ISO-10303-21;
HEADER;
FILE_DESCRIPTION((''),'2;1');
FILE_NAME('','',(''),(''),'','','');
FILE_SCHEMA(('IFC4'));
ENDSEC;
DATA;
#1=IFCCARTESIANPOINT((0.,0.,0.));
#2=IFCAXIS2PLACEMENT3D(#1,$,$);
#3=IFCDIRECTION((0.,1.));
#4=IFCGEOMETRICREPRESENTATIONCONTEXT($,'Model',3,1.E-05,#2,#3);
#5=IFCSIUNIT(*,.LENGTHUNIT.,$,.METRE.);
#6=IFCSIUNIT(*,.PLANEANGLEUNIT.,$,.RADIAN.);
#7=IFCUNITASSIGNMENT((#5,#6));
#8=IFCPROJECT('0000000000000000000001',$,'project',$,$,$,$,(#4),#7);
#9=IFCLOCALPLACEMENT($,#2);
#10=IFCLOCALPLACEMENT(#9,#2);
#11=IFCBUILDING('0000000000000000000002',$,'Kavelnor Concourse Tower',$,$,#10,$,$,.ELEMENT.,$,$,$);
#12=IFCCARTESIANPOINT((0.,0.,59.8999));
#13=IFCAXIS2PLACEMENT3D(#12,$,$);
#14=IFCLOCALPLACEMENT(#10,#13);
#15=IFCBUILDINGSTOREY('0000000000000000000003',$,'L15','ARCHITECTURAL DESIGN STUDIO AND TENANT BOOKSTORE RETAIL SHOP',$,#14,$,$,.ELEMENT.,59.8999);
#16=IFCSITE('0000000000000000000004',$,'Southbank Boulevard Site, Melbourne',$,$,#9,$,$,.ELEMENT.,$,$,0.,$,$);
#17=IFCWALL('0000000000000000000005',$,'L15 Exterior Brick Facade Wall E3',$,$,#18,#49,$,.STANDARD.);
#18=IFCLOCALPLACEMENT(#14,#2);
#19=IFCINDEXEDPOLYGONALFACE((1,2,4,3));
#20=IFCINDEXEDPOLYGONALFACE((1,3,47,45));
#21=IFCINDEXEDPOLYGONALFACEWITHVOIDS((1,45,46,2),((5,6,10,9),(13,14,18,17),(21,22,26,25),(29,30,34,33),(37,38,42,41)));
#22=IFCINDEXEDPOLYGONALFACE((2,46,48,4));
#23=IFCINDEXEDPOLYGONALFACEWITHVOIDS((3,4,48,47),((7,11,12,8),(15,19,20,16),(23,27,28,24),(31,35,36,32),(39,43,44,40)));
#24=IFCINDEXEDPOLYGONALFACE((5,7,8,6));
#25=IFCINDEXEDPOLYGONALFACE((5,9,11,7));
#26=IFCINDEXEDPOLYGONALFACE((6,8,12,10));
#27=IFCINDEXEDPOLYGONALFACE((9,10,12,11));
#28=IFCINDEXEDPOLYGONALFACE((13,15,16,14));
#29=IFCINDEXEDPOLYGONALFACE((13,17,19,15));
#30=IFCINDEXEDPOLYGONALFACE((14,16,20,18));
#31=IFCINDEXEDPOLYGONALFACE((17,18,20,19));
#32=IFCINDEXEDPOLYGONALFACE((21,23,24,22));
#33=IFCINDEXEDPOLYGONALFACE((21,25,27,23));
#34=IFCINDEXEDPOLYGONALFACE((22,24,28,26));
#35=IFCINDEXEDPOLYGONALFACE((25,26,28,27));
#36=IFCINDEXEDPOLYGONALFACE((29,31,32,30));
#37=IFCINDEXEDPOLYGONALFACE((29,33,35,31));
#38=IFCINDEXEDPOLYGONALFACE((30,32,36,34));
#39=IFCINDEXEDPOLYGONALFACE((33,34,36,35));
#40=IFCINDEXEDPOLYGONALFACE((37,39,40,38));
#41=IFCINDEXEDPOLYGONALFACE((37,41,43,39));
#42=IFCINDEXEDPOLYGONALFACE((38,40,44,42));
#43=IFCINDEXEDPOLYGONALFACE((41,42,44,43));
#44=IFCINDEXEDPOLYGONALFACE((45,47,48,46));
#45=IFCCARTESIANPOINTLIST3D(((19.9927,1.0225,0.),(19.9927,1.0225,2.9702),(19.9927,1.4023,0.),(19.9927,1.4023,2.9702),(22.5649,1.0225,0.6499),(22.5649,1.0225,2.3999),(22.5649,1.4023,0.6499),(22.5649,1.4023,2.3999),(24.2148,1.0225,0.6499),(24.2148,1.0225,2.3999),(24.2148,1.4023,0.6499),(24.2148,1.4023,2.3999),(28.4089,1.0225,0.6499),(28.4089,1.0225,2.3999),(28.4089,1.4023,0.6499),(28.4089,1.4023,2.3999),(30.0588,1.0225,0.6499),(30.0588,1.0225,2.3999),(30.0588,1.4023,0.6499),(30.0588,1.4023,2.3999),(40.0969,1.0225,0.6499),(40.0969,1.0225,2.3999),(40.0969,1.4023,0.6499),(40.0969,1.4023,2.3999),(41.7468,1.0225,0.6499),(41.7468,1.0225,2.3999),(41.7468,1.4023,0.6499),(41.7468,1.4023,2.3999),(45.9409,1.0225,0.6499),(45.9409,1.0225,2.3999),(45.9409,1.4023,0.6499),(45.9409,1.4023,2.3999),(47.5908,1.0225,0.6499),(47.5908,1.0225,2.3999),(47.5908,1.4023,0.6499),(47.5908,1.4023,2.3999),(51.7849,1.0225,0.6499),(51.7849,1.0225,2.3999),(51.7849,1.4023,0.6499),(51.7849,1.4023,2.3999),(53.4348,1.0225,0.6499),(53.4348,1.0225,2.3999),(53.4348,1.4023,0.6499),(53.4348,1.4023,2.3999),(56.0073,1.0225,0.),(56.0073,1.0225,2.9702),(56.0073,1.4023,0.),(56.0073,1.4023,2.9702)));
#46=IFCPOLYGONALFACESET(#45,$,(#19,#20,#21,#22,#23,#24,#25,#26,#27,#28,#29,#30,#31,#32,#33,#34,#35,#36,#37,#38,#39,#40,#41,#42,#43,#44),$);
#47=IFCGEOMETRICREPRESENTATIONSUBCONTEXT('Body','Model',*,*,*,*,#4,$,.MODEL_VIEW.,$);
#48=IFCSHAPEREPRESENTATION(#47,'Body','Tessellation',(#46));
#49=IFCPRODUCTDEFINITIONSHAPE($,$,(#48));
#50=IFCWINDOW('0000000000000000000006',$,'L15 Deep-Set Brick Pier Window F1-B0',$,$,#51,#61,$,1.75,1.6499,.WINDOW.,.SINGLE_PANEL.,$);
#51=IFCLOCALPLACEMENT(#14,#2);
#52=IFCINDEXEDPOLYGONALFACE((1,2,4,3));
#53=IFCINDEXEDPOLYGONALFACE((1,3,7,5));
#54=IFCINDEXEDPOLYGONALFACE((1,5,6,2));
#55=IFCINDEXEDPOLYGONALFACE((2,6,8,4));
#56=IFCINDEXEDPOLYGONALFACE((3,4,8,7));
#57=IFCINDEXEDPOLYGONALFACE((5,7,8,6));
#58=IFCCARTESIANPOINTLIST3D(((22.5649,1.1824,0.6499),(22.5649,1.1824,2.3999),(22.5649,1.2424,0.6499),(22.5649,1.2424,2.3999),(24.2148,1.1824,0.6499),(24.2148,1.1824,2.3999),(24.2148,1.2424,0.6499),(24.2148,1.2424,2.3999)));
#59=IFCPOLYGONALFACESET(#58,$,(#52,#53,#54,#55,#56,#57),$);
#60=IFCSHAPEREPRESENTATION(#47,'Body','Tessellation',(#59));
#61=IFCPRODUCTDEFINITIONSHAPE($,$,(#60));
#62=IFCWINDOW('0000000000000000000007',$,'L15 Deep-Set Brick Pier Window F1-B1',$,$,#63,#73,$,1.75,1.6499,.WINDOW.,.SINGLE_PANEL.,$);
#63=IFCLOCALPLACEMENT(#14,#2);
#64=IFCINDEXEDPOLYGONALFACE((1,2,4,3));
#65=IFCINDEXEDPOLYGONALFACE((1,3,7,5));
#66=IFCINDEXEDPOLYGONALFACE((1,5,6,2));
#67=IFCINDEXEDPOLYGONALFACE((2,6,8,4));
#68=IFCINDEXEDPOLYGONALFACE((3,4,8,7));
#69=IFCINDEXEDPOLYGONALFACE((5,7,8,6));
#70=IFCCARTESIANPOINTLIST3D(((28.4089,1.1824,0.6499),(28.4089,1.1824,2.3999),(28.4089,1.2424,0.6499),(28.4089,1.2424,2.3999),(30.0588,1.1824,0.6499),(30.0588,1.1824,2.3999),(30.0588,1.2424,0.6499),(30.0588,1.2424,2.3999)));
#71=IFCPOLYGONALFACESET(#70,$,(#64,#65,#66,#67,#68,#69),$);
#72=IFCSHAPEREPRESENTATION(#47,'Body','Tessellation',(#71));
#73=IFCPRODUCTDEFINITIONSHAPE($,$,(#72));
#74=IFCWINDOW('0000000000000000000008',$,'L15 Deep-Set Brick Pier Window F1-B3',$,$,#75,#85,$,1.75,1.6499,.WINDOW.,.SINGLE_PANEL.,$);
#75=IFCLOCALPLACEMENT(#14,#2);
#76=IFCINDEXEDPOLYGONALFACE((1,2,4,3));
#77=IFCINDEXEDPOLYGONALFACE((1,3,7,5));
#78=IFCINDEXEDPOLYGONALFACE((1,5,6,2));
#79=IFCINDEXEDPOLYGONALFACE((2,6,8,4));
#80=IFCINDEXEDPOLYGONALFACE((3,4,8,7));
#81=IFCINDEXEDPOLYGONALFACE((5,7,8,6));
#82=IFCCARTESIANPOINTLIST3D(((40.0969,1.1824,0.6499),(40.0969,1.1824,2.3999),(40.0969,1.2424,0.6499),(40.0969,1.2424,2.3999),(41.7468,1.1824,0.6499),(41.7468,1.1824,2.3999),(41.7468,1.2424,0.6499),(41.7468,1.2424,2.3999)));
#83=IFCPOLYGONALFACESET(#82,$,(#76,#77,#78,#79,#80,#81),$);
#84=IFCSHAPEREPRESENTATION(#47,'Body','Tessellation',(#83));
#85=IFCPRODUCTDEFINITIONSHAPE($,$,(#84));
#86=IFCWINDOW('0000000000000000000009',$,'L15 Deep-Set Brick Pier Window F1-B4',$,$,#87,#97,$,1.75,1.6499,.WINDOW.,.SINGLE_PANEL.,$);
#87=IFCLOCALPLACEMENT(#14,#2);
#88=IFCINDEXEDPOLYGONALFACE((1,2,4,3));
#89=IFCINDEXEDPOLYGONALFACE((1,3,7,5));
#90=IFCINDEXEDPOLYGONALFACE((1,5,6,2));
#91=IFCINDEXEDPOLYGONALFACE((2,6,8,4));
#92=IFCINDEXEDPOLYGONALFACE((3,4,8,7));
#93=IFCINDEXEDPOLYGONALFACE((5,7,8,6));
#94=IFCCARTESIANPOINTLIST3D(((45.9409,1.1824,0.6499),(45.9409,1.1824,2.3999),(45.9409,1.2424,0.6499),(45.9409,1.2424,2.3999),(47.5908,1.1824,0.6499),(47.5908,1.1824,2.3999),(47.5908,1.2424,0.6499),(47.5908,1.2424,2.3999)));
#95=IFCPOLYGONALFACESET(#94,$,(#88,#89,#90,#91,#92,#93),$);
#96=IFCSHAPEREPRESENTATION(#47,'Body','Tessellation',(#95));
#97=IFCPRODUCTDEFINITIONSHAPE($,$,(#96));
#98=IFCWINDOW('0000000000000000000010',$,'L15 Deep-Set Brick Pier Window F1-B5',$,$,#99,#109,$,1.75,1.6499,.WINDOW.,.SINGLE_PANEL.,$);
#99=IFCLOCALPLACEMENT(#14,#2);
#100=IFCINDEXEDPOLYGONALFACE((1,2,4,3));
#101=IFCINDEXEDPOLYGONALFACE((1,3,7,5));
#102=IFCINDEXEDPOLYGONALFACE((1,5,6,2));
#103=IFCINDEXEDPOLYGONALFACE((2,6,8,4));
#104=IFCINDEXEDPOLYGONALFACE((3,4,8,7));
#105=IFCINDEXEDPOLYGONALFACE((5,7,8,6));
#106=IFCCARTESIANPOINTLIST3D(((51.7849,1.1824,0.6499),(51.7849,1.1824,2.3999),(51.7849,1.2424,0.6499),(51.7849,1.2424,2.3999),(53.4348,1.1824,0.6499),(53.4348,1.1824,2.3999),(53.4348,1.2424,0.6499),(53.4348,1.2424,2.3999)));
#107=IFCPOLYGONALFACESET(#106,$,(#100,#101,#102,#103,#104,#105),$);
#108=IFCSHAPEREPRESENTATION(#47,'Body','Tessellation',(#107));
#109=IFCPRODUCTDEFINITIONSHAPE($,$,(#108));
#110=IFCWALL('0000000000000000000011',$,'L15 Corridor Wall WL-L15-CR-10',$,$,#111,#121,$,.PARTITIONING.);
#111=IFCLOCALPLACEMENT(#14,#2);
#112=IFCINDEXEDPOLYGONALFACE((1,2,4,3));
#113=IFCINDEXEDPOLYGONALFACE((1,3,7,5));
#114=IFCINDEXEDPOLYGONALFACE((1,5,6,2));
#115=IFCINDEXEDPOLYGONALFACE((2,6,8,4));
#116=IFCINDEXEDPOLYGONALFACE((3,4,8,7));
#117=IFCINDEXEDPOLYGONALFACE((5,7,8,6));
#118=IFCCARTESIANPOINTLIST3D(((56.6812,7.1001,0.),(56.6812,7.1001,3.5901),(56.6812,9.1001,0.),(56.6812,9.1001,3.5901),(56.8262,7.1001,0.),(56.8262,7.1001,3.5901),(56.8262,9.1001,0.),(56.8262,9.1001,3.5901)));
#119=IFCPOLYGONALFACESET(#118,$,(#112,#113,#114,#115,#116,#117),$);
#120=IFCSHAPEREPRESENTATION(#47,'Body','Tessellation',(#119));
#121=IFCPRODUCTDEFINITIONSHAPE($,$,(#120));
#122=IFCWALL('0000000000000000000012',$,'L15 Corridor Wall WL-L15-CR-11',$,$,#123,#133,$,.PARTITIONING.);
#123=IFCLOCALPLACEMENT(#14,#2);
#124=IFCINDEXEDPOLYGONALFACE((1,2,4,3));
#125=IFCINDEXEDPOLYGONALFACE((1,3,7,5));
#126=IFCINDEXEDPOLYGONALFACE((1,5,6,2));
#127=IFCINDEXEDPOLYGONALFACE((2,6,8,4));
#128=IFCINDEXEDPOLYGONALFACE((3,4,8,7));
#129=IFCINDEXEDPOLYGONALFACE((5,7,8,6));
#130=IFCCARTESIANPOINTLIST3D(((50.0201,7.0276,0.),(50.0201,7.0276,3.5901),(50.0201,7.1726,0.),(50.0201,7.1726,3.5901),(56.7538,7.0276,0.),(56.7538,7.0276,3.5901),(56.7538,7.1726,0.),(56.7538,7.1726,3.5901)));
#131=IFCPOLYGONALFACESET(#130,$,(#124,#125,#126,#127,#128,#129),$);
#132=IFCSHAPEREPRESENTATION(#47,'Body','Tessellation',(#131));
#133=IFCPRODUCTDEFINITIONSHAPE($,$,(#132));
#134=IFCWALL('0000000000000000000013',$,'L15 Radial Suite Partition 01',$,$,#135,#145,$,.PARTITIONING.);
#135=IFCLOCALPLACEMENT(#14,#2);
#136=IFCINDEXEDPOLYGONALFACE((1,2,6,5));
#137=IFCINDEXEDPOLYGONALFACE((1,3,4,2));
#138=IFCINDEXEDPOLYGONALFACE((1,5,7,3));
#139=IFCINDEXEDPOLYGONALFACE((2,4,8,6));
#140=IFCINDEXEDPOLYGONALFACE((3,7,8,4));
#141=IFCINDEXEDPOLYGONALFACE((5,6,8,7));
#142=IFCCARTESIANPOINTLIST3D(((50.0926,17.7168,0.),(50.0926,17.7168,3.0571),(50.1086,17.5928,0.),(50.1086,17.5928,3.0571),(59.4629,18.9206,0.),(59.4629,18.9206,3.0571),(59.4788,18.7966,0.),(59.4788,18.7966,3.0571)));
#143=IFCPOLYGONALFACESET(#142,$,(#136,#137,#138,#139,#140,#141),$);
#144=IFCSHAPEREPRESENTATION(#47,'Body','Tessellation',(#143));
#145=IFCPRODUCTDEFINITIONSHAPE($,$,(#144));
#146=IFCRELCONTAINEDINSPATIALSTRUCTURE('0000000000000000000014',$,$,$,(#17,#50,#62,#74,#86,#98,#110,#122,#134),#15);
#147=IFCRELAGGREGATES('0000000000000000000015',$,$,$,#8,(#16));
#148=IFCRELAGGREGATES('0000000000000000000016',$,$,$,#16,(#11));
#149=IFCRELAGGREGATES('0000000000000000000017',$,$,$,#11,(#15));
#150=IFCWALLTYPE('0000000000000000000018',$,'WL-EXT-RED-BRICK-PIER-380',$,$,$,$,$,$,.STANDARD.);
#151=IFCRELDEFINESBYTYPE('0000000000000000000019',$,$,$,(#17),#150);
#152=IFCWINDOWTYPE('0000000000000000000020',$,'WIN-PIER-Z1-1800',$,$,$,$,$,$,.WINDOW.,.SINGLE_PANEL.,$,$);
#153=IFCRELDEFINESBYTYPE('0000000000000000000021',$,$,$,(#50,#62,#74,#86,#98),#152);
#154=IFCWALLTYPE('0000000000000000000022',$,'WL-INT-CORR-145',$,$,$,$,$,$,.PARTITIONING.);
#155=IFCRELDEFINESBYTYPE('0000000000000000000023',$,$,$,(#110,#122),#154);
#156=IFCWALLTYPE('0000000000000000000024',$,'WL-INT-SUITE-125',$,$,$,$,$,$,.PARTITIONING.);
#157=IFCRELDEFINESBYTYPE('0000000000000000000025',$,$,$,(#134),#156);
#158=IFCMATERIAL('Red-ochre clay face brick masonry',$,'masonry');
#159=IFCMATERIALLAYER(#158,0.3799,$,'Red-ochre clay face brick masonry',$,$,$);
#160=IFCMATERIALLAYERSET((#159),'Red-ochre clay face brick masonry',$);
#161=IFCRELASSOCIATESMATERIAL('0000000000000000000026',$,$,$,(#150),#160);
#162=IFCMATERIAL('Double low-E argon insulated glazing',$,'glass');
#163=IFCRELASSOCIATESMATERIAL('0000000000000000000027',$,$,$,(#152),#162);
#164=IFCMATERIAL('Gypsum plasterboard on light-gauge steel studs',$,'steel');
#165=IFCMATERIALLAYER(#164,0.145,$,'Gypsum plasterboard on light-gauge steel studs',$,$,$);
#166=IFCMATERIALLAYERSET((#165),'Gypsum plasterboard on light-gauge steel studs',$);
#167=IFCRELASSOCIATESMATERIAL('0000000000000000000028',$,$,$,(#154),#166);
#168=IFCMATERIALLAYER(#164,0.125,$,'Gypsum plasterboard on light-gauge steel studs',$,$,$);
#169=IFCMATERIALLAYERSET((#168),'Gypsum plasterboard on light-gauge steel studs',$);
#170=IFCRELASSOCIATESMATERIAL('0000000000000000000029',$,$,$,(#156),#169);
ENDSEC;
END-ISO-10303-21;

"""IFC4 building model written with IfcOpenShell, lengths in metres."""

from ifc_helpers import new_model, si_unit, direction, frame, frame_2d, origin, place, context, subcontext, project, spatial, rectangle, extrude, material, layer, layer_set, type_object, element, fill, save


model = new_model("IFC4")

# Units and contexts
model_context = context("Model", 3, precision=1e-05, world=origin(), true_north=direction((0.0, 1.0)))
body_context = subcontext(model_context, "Body", "Model", "MODEL_VIEW")
ifc_project = project(units=[si_unit("LENGTHUNIT", "METRE"), si_unit("PLANEANGLEUNIT", "RADIAN")], contexts=[model_context])

# Site, building, storey
site_placement = place(None, origin())
site = spatial("IfcSite", under=ifc_project, at=site_placement, Name="Southbank Boulevard Site, Melbourne", CompositionType="ELEMENT", RefElevation=0.0)
building_placement = place(site_placement, origin())
building = spatial("IfcBuilding", under=site, at=building_placement, Name="Kavelnor Concourse Tower", CompositionType="ELEMENT")
storey_placement = place(building_placement, frame((0.0, 0.0, 59.8999)))
storey = spatial("IfcBuildingStorey", under=building, at=storey_placement, Name="L15", Description="ARCHITECTURAL DESIGN STUDIO AND TENANT BOOKSTORE RETAIL SHOP", CompositionType="ELEMENT", Elevation=59.8999)

# Shared definitions
ifc_material_1 = material(Name="Double low-E argon insulated glazing", Category="glass")

# Wall, openings, windows
ifc_material_2 = material(Name="Red-ochre clay face brick masonry", Category="masonry")
ifc_layer_1 = layer(ifc_material_2, 0.3799, Name="Red-ochre clay face brick masonry")
ifc_layer_set_1 = layer_set([ifc_layer_1], Name="Red-ochre clay face brick masonry")
wall_type_1 = type_object("IfcWallType", Name="WL-EXT-RED-BRICK-PIER-380", PredefinedType="STANDARD", material=ifc_layer_set_1)
wall_1_placement = place(storey_placement, frame((56.0073, 1.2124, 0.0), z_axis=(0.0, 0.0, 1.0), x_axis=(-1.0, 0.0, 0.0)))
wall_1 = element("IfcWall", 1, at=wall_1_placement, inside=storey, type_object=wall_type_1, Name="L15 Exterior Brick Facade Wall E3", PredefinedType="STANDARD", context=body_context, shape_type="SweptSolid", body=[
    extrude(rectangle(XDim=36.0146, YDim=0.3799, at=frame_2d((18.0073, 0.0))), origin(), (0.0, 0.0, 1.0), 2.9702),
])
opening_1_placement = place(wall_1_placement, frame((31.7925, 0.0, 0.6499)))
opening_1 = element("IfcOpeningElement", 2, at=opening_1_placement, cuts=wall_1, PredefinedType="OPENING", context=body_context, shape_type="SweptSolid", body=[
    extrude(rectangle(XDim=1.6499, YDim=1.75, at=frame_2d((0.825, 0.875))), frame((0.0, 0.2, 0.0), z_axis=(0.0, -1.0, 0.0), x_axis=(1.0, 0.0, 0.0)), (0.0, 0.0, 1.0), 0.3999),
])
opening_2_placement = place(wall_1_placement, frame((25.9485, 0.0, 0.6499)))
opening_2 = element("IfcOpeningElement", 3, at=opening_2_placement, cuts=wall_1, PredefinedType="OPENING", context=body_context, shape_type="SweptSolid", body=[
    extrude(rectangle(XDim=1.6499, YDim=1.75, at=frame_2d((0.825, 0.875))), frame((0.0, 0.2, 0.0), z_axis=(0.0, -1.0, 0.0), x_axis=(1.0, 0.0, 0.0)), (0.0, 0.0, 1.0), 0.3999),
])
opening_3_placement = place(wall_1_placement, frame((14.2605, 0.0, 0.6499)))
opening_3 = element("IfcOpeningElement", 4, at=opening_3_placement, cuts=wall_1, PredefinedType="OPENING", context=body_context, shape_type="SweptSolid", body=[
    extrude(rectangle(XDim=1.6499, YDim=1.75, at=frame_2d((0.825, 0.875))), frame((0.0, 0.2, 0.0), z_axis=(0.0, -1.0, 0.0), x_axis=(1.0, 0.0, 0.0)), (0.0, 0.0, 1.0), 0.3999),
])
opening_4_placement = place(wall_1_placement, frame((8.4165, 0.0, 0.6499)))
opening_4 = element("IfcOpeningElement", 5, at=opening_4_placement, cuts=wall_1, PredefinedType="OPENING", context=body_context, shape_type="SweptSolid", body=[
    extrude(rectangle(XDim=1.6499, YDim=1.75, at=frame_2d((0.825, 0.875))), frame((0.0, 0.2, 0.0), z_axis=(0.0, -1.0, 0.0), x_axis=(1.0, 0.0, 0.0)), (0.0, 0.0, 1.0), 0.3999),
])
opening_5_placement = place(wall_1_placement, frame((2.5725, 0.0, 0.6499)))
opening_5 = element("IfcOpeningElement", 6, at=opening_5_placement, cuts=wall_1, PredefinedType="OPENING", context=body_context, shape_type="SweptSolid", body=[
    extrude(rectangle(XDim=1.6499, YDim=1.75, at=frame_2d((0.825, 0.875))), frame((0.0, 0.2, 0.0), z_axis=(0.0, -1.0, 0.0), x_axis=(1.0, 0.0, 0.0)), (0.0, 0.0, 1.0), 0.3999),
])
window_type_1 = type_object("IfcWindowType", Name="WIN-PIER-Z1-1800", PartitioningType="SINGLE_PANEL", PredefinedType="WINDOW", material=ifc_material_1)
window_1_placement = place(opening_1_placement, origin())
window_1 = element("IfcWindow", 7, at=window_1_placement, inside=storey, type_object=window_type_1, Name="L15 Deep-Set Brick Pier Window F1-B0", OverallHeight=1.75, OverallWidth=1.6499, PartitioningType="SINGLE_PANEL", PredefinedType="WINDOW", context=body_context, shape_type="SweptSolid", body=[
    extrude(rectangle(XDim=1.6499, YDim=1.75, at=frame_2d((0.825, 0.875))), frame((0.0, 0.03, 0.0), z_axis=(0.0, -1.0, 0.0), x_axis=(1.0, 0.0, 0.0)), (0.0, 0.0, 1.0), 0.0601),
])
fill(opening_1, window_1)
window_2_placement = place(opening_2_placement, origin())
window_2 = element("IfcWindow", 8, at=window_2_placement, inside=storey, type_object=window_type_1, Name="L15 Deep-Set Brick Pier Window F1-B1", OverallHeight=1.75, OverallWidth=1.6499, PartitioningType="SINGLE_PANEL", PredefinedType="WINDOW", context=body_context, shape_type="SweptSolid", body=[
    extrude(rectangle(XDim=1.6499, YDim=1.75, at=frame_2d((0.825, 0.875))), frame((0.0, 0.03, 0.0), z_axis=(0.0, -1.0, 0.0), x_axis=(1.0, 0.0, 0.0)), (0.0, 0.0, 1.0), 0.0601),
])
fill(opening_2, window_2)
window_3_placement = place(opening_3_placement, origin())
window_3 = element("IfcWindow", 9, at=window_3_placement, inside=storey, type_object=window_type_1, Name="L15 Deep-Set Brick Pier Window F1-B3", OverallHeight=1.75, OverallWidth=1.6499, PartitioningType="SINGLE_PANEL", PredefinedType="WINDOW", context=body_context, shape_type="SweptSolid", body=[
    extrude(rectangle(XDim=1.6499, YDim=1.75, at=frame_2d((0.825, 0.875))), frame((0.0, 0.03, 0.0), z_axis=(0.0, -1.0, 0.0), x_axis=(1.0, 0.0, 0.0)), (0.0, 0.0, 1.0), 0.0601),
])
fill(opening_3, window_3)
window_4_placement = place(opening_4_placement, origin())
window_4 = element("IfcWindow", 10, at=window_4_placement, inside=storey, type_object=window_type_1, Name="L15 Deep-Set Brick Pier Window F1-B4", OverallHeight=1.75, OverallWidth=1.6499, PartitioningType="SINGLE_PANEL", PredefinedType="WINDOW", context=body_context, shape_type="SweptSolid", body=[
    extrude(rectangle(XDim=1.6499, YDim=1.75, at=frame_2d((0.825, 0.875))), frame((0.0, 0.03, 0.0), z_axis=(0.0, -1.0, 0.0), x_axis=(1.0, 0.0, 0.0)), (0.0, 0.0, 1.0), 0.0601),
])
fill(opening_4, window_4)
window_5_placement = place(opening_5_placement, origin())
window_5 = element("IfcWindow", 11, at=window_5_placement, inside=storey, type_object=window_type_1, Name="L15 Deep-Set Brick Pier Window F1-B5", OverallHeight=1.75, OverallWidth=1.6499, PartitioningType="SINGLE_PANEL", PredefinedType="WINDOW", context=body_context, shape_type="SweptSolid", body=[
    extrude(rectangle(XDim=1.6499, YDim=1.75, at=frame_2d((0.825, 0.875))), frame((0.0, 0.03, 0.0), z_axis=(0.0, -1.0, 0.0), x_axis=(1.0, 0.0, 0.0)), (0.0, 0.0, 1.0), 0.0601),
])
fill(opening_5, window_5)

# Walls
ifc_material_3 = material(Name="Gypsum plasterboard on light-gauge steel studs", Category="steel")
ifc_layer_2 = layer(ifc_material_3, 0.145, Name="Gypsum plasterboard on light-gauge steel studs")
ifc_layer_set_2 = layer_set([ifc_layer_2], Name="Gypsum plasterboard on light-gauge steel studs")
wall_type_2 = type_object("IfcWallType", Name="WL-INT-CORR-145", PredefinedType="PARTITIONING", material=ifc_layer_set_2)
wall_2_placement = place(storey_placement, frame((56.7537, 9.1001, 0.0), z_axis=(0.0, 0.0, 1.0), x_axis=(0.0, -1.0, 0.0)))
element("IfcWall", 12, at=wall_2_placement, inside=storey, type_object=wall_type_2, Name="L15 Corridor Wall WL-L15-CR-10", PredefinedType="PARTITIONING", context=body_context, shape_type="SweptSolid", body=[
    extrude(rectangle(XDim=2.0, YDim=0.145, at=frame_2d((1.0, 0.0))), origin(), (0.0, 0.0, 1.0), 3.5901),
])
wall_3_placement = place(storey_placement, frame((56.7537, 7.1001, 0.0), z_axis=(0.0, 0.0, 1.0), x_axis=(-1.0, 0.0, 0.0)))
element("IfcWall", 13, at=wall_3_placement, inside=storey, type_object=wall_type_2, Name="L15 Corridor Wall WL-L15-CR-11", PredefinedType="PARTITIONING", context=body_context, shape_type="SweptSolid", body=[
    extrude(rectangle(XDim=6.7336, YDim=0.145, at=frame_2d((3.3667, 0.0))), origin(), (0.0, 0.0, 1.0), 3.5901),
])
ifc_layer_3 = layer(ifc_material_3, 0.125, Name="Gypsum plasterboard on light-gauge steel studs")
ifc_layer_set_3 = layer_set([ifc_layer_3], Name="Gypsum plasterboard on light-gauge steel studs")
wall_type_3 = type_object("IfcWallType", Name="WL-INT-SUITE-125", PredefinedType="PARTITIONING", material=ifc_layer_set_3)
wall_4_placement = place(storey_placement, frame((50.1006, 17.6548, 0.0), z_axis=(0.0, 0.0, 1.0), x_axis=(0.991848, 0.127428, 0.0)))
element("IfcWall", 14, at=wall_4_placement, inside=storey, type_object=wall_type_3, Name="L15 Radial Suite Partition 01", PredefinedType="PARTITIONING", context=body_context, shape_type="SweptSolid", body=[
    extrude(rectangle(XDim=9.4473, YDim=0.125, at=frame_2d((4.7236, 0.0))), origin(), (0.0, 0.0, 1.0), 3.0571),
])

save(model, "model.ifc")
